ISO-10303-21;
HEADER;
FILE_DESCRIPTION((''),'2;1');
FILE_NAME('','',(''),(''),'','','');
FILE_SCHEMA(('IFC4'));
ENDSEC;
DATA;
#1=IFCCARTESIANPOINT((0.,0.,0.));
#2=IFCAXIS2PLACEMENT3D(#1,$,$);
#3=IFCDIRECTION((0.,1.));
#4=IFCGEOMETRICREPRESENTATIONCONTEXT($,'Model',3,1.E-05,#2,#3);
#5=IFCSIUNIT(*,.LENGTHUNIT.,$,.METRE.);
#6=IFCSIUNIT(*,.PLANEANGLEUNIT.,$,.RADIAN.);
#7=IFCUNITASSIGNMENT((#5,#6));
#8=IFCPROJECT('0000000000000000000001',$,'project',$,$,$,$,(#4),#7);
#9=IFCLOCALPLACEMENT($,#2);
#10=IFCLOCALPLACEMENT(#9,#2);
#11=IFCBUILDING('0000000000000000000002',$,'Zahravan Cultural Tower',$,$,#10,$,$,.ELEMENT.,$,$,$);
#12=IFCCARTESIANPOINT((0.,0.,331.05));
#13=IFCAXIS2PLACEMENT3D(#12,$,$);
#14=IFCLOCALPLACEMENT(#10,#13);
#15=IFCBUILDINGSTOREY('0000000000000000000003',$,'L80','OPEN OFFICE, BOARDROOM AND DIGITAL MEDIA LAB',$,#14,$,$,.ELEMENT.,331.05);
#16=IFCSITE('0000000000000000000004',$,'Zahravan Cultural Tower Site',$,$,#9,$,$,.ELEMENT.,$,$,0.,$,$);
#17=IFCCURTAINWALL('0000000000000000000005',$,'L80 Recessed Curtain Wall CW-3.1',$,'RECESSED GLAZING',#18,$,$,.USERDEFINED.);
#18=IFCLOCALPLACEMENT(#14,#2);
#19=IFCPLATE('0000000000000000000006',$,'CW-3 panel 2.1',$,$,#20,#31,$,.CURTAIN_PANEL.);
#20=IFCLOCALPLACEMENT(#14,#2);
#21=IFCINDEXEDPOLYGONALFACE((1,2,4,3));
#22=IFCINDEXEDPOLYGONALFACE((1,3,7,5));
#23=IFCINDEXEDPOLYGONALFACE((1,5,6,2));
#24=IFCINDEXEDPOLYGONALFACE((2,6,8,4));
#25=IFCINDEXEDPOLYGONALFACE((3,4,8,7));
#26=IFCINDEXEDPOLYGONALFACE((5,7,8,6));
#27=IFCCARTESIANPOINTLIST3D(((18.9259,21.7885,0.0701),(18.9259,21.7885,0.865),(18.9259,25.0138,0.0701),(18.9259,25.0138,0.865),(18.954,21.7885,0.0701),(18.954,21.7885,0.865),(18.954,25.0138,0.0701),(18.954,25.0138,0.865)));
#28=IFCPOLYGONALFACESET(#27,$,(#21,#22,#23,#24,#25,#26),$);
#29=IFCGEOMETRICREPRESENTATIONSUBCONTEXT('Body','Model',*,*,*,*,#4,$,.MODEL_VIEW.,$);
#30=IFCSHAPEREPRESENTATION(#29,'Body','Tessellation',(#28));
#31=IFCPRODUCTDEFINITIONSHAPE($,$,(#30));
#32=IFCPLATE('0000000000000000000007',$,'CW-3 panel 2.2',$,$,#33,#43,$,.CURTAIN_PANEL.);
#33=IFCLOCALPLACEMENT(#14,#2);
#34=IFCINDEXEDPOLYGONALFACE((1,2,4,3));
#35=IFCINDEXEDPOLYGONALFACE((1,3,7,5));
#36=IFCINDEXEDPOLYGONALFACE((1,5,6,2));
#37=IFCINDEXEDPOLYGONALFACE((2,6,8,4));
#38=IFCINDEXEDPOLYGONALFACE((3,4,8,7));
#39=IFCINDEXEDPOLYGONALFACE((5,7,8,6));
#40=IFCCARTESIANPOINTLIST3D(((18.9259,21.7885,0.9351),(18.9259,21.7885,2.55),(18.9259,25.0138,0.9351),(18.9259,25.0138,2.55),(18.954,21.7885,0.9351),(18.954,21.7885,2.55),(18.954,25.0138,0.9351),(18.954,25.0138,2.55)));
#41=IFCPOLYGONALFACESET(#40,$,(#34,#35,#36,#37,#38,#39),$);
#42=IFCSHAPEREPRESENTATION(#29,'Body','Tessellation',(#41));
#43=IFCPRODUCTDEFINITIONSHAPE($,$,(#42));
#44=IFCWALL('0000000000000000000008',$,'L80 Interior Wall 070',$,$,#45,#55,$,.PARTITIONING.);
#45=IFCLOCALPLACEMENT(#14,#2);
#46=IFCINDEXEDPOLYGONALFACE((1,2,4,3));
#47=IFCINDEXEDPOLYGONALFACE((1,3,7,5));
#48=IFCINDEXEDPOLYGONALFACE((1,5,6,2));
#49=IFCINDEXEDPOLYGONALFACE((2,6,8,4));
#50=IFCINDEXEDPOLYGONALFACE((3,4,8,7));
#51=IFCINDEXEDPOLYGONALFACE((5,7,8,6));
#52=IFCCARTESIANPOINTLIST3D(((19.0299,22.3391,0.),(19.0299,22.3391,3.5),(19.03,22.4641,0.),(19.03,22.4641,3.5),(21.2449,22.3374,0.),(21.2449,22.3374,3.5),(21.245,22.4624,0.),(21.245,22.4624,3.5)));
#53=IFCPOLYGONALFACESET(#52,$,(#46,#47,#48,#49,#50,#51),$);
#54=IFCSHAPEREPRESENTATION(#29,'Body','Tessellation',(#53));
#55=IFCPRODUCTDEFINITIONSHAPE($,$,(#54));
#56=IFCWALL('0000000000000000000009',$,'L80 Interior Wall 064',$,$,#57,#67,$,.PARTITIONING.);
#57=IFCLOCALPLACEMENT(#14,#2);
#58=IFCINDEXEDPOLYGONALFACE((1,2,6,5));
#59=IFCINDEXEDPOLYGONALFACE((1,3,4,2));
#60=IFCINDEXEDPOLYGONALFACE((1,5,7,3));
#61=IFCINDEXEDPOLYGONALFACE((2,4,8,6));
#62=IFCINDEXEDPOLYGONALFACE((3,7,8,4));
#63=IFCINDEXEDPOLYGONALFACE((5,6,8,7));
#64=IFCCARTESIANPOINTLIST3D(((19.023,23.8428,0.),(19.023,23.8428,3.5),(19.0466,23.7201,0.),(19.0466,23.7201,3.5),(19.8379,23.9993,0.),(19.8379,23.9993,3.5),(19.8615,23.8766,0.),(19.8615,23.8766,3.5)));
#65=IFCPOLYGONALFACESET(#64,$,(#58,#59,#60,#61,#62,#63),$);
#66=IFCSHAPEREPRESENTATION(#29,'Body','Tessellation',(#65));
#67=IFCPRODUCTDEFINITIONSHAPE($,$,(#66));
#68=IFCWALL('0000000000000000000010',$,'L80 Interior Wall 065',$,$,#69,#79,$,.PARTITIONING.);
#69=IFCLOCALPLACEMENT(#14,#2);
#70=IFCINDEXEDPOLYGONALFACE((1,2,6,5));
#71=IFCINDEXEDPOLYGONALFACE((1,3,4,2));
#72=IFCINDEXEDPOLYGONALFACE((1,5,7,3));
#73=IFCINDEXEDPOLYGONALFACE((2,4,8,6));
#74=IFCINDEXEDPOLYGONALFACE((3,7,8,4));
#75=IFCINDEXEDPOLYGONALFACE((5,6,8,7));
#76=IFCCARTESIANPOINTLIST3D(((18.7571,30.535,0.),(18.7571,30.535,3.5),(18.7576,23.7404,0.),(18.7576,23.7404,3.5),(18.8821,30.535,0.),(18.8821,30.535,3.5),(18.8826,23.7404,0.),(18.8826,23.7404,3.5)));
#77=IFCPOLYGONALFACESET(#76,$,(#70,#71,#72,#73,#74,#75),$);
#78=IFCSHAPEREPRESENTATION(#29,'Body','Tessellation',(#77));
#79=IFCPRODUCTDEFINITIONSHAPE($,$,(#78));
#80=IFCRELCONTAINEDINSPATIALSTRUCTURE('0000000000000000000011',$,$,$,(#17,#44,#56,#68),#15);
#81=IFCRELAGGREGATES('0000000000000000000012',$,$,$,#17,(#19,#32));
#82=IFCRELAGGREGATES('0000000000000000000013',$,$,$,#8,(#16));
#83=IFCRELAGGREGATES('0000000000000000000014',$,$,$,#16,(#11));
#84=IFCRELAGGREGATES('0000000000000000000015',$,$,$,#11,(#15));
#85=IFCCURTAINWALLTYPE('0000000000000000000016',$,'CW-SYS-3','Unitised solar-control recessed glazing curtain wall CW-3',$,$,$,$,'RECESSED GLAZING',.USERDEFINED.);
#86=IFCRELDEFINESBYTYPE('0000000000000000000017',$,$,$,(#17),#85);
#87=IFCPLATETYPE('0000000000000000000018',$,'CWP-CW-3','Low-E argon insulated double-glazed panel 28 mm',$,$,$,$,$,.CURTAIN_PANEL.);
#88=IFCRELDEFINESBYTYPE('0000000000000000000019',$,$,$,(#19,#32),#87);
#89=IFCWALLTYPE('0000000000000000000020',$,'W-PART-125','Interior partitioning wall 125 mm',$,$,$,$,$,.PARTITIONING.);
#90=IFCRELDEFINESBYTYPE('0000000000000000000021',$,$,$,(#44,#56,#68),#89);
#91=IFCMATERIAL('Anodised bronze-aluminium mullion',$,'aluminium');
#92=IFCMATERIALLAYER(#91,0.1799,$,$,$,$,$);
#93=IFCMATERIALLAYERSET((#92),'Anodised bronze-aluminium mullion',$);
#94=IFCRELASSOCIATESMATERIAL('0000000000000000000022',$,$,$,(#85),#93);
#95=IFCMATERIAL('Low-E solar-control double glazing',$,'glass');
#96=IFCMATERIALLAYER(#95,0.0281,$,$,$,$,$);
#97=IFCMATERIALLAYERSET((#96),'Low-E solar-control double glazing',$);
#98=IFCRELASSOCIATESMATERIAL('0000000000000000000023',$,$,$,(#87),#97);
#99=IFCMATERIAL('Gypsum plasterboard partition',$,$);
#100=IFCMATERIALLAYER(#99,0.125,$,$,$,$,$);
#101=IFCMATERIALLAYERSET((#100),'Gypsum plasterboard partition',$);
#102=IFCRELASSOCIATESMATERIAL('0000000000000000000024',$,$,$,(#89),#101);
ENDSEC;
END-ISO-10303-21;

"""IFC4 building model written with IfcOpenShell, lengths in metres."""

from ifc_helpers import new_model, si_unit, direction, frame, frame_2d, origin, origin_2d, place, context, subcontext, project, spatial, rectangle, extrude, source, transform, mapped, material, layer, layer_set, type_object, element, aggregate, save


model = new_model("IFC4")

# Units and contexts
model_context = context("Model", 3, precision=1e-05, world=origin(), true_north=direction((0.0, 1.0)))
body_context = subcontext(model_context, "Body", "Model", "MODEL_VIEW")
ifc_project = project(units=[si_unit("LENGTHUNIT", "METRE"), si_unit("PLANEANGLEUNIT", "RADIAN")], contexts=[model_context])

# Site, building, storey
site_placement = place(None, origin())
site = spatial("IfcSite", under=ifc_project, at=site_placement, Name="Zahravan Cultural Tower Site", CompositionType="ELEMENT", RefElevation=0.0)
building_placement = place(site_placement, origin())
building = spatial("IfcBuilding", under=site, at=building_placement, Name="Zahravan Cultural Tower", CompositionType="ELEMENT")
storey_placement = place(building_placement, frame((0.0, 0.0, 331.05)))
storey = spatial("IfcBuildingStorey", under=building, at=storey_placement, Name="L80", Description="OPEN OFFICE, BOARDROOM AND DIGITAL MEDIA LAB", CompositionType="ELEMENT", Elevation=331.05)

# Curtain wall, plates
ifc_material_1 = material(Name="Anodised bronze-aluminium mullion", Category="aluminium")
ifc_layer_1 = layer(ifc_material_1, 0.1799)
ifc_layer_set_1 = layer_set([ifc_layer_1], Name="Anodised bronze-aluminium mullion")
curtain_wall_type = type_object("IfcCurtainWallType", Name="CW-SYS-3", Description="Unitised solar-control recessed glazing curtain wall CW-3", ElementType="RECESSED GLAZING", PredefinedType="USERDEFINED", material=ifc_layer_set_1)
curtain_wall_placement = place(storey_placement, origin())
curtain_wall = element("IfcCurtainWall", 1, at=curtain_wall_placement, inside=storey, type_object=curtain_wall_type, Name="L80 Recessed Curtain Wall CW-3.1", ObjectType="RECESSED GLAZING", PredefinedType="USERDEFINED")
ifc_material_2 = material(Name="Low-E solar-control double glazing", Category="glass")
ifc_layer_2 = layer(ifc_material_2, 0.0281)
ifc_layer_set_2 = layer_set([ifc_layer_2], Name="Low-E solar-control double glazing")
plate_type = type_object("IfcPlateType", Name="CWP-CW-3", Description="Low-E argon insulated double-glazed panel 28 mm", PredefinedType="CURTAIN_PANEL", material=ifc_layer_set_2)
shared_shape_1 = source(origin(), body_context, "Body", "SweptSolid", [
    extrude(rectangle(XDim=3.2253, YDim=0.0281, at=origin_2d()), origin(), (0.0, 0.0, 1.0), 0.7949),
])
plate_1_placement = place(storey_placement, frame((18.9399, 23.4011, 0.0701), z_axis=(0.0, 0.0, 1.0), x_axis=(0.0, 1.0, 0.0)))
plate_1 = element("IfcPlate", 2, at=plate_1_placement, type_object=plate_type, Name="CW-3 panel 2.1", PredefinedType="CURTAIN_PANEL", context=body_context, shape_type="MappedRepresentation", body=[
    mapped(shared_shape_1, transform((0.0, 0.0, 0.0), x_axis=(1.0, 0.0, 0.0), y_axis=(0.0, 1.0, 0.0), z_axis=(0.0, 0.0, 1.0), scale=1.0)),
])
shared_shape_2 = source(origin(), body_context, "Body", "SweptSolid", [
    extrude(rectangle(XDim=3.2253, YDim=0.0281, at=origin_2d()), origin(), (0.0, 0.0, 1.0), 1.615),
])
plate_2_placement = place(storey_placement, frame((18.9399, 23.4011, 0.9351), z_axis=(0.0, 0.0, 1.0), x_axis=(0.0, 1.0, 0.0)))
plate_2 = element("IfcPlate", 3, at=plate_2_placement, type_object=plate_type, Name="CW-3 panel 2.2", PredefinedType="CURTAIN_PANEL", context=body_context, shape_type="MappedRepresentation", body=[
    mapped(shared_shape_2, transform((0.0, 0.0, 0.0), x_axis=(1.0, 0.0, 0.0), y_axis=(0.0, 1.0, 0.0), z_axis=(0.0, 0.0, 1.0), scale=1.0)),
])
aggregate(curtain_wall, [plate_1, plate_2])

# Shared definitions
ifc_material_3 = material(Name="Gypsum plasterboard partition")
ifc_layer_3 = layer(ifc_material_3, 0.125)
ifc_layer_set_3 = layer_set([ifc_layer_3], Name="Gypsum plasterboard partition")
wall_type = type_object("IfcWallType", Name="W-PART-125", Description="Interior partitioning wall 125 mm", PredefinedType="PARTITIONING", material=ifc_layer_set_3)

# Walls
shared_shape_3 = source(origin(), body_context, "Body", "SweptSolid", [
    extrude(rectangle(XDim=2.2151, YDim=0.125, at=frame_2d((1.1074, 0.0))), origin(), (0.0, 0.0, 1.0), 3.5),
])
wall_1_placement = place(storey_placement, frame((19.03, 22.4016, 0.0), z_axis=(0.0, 0.0, 1.0), x_axis=(1.0, -0.000772, 0.0)))
element("IfcWall", 4, at=wall_1_placement, inside=storey, type_object=wall_type, Name="L80 Interior Wall 070", PredefinedType="PARTITIONING", context=body_context, shape_type="MappedRepresentation", body=[
    mapped(shared_shape_3, transform((0.0, 0.0, 0.0), x_axis=(1.0, 0.0, 0.0), y_axis=(0.0, 1.0, 0.0), z_axis=(0.0, 0.0, 1.0), scale=1.0)),
])
shared_shape_4 = source(origin(), body_context, "Body", "SweptSolid", [
    extrude(rectangle(XDim=0.8298, YDim=0.125, at=frame_2d((0.415, 0.0))), origin(), (0.0, 0.0, 1.0), 3.5),
])
wall_2_placement = place(storey_placement, frame((19.8499, 23.938, 0.0), z_axis=(0.0, 0.0, 1.0), x_axis=(-0.982057, -0.188585, 0.0)))
element("IfcWall", 5, at=wall_2_placement, inside=storey, type_object=wall_type, Name="L80 Interior Wall 064", PredefinedType="PARTITIONING", context=body_context, shape_type="MappedRepresentation", body=[
    mapped(shared_shape_4, transform((0.0, 0.0, 0.0), x_axis=(1.0, 0.0, 0.0), y_axis=(0.0, 1.0, 0.0), z_axis=(0.0, 0.0, 1.0), scale=1.0)),
])
shared_shape_5 = source(origin(), body_context, "Body", "SweptSolid", [
    extrude(rectangle(XDim=6.7947, YDim=0.125, at=frame_2d((3.3975, 0.0))), origin(), (0.0, 0.0, 1.0), 3.5),
])
wall_3_placement = place(storey_placement, frame((18.8201, 23.7402, 0.0), z_axis=(0.0, 0.0, 1.0), x_axis=(-0.000072, 1.0, 0.0)))
element("IfcWall", 6, at=wall_3_placement, inside=storey, type_object=wall_type, Name="L80 Interior Wall 065", PredefinedType="PARTITIONING", context=body_context, shape_type="MappedRepresentation", body=[
    mapped(shared_shape_5, transform((0.0, 0.0, 0.0), x_axis=(1.0, 0.0, 0.0), y_axis=(0.0, 1.0, 0.0), z_axis=(0.0, 0.0, 1.0), scale=1.0)),
])

save(model, "model.ifc")
